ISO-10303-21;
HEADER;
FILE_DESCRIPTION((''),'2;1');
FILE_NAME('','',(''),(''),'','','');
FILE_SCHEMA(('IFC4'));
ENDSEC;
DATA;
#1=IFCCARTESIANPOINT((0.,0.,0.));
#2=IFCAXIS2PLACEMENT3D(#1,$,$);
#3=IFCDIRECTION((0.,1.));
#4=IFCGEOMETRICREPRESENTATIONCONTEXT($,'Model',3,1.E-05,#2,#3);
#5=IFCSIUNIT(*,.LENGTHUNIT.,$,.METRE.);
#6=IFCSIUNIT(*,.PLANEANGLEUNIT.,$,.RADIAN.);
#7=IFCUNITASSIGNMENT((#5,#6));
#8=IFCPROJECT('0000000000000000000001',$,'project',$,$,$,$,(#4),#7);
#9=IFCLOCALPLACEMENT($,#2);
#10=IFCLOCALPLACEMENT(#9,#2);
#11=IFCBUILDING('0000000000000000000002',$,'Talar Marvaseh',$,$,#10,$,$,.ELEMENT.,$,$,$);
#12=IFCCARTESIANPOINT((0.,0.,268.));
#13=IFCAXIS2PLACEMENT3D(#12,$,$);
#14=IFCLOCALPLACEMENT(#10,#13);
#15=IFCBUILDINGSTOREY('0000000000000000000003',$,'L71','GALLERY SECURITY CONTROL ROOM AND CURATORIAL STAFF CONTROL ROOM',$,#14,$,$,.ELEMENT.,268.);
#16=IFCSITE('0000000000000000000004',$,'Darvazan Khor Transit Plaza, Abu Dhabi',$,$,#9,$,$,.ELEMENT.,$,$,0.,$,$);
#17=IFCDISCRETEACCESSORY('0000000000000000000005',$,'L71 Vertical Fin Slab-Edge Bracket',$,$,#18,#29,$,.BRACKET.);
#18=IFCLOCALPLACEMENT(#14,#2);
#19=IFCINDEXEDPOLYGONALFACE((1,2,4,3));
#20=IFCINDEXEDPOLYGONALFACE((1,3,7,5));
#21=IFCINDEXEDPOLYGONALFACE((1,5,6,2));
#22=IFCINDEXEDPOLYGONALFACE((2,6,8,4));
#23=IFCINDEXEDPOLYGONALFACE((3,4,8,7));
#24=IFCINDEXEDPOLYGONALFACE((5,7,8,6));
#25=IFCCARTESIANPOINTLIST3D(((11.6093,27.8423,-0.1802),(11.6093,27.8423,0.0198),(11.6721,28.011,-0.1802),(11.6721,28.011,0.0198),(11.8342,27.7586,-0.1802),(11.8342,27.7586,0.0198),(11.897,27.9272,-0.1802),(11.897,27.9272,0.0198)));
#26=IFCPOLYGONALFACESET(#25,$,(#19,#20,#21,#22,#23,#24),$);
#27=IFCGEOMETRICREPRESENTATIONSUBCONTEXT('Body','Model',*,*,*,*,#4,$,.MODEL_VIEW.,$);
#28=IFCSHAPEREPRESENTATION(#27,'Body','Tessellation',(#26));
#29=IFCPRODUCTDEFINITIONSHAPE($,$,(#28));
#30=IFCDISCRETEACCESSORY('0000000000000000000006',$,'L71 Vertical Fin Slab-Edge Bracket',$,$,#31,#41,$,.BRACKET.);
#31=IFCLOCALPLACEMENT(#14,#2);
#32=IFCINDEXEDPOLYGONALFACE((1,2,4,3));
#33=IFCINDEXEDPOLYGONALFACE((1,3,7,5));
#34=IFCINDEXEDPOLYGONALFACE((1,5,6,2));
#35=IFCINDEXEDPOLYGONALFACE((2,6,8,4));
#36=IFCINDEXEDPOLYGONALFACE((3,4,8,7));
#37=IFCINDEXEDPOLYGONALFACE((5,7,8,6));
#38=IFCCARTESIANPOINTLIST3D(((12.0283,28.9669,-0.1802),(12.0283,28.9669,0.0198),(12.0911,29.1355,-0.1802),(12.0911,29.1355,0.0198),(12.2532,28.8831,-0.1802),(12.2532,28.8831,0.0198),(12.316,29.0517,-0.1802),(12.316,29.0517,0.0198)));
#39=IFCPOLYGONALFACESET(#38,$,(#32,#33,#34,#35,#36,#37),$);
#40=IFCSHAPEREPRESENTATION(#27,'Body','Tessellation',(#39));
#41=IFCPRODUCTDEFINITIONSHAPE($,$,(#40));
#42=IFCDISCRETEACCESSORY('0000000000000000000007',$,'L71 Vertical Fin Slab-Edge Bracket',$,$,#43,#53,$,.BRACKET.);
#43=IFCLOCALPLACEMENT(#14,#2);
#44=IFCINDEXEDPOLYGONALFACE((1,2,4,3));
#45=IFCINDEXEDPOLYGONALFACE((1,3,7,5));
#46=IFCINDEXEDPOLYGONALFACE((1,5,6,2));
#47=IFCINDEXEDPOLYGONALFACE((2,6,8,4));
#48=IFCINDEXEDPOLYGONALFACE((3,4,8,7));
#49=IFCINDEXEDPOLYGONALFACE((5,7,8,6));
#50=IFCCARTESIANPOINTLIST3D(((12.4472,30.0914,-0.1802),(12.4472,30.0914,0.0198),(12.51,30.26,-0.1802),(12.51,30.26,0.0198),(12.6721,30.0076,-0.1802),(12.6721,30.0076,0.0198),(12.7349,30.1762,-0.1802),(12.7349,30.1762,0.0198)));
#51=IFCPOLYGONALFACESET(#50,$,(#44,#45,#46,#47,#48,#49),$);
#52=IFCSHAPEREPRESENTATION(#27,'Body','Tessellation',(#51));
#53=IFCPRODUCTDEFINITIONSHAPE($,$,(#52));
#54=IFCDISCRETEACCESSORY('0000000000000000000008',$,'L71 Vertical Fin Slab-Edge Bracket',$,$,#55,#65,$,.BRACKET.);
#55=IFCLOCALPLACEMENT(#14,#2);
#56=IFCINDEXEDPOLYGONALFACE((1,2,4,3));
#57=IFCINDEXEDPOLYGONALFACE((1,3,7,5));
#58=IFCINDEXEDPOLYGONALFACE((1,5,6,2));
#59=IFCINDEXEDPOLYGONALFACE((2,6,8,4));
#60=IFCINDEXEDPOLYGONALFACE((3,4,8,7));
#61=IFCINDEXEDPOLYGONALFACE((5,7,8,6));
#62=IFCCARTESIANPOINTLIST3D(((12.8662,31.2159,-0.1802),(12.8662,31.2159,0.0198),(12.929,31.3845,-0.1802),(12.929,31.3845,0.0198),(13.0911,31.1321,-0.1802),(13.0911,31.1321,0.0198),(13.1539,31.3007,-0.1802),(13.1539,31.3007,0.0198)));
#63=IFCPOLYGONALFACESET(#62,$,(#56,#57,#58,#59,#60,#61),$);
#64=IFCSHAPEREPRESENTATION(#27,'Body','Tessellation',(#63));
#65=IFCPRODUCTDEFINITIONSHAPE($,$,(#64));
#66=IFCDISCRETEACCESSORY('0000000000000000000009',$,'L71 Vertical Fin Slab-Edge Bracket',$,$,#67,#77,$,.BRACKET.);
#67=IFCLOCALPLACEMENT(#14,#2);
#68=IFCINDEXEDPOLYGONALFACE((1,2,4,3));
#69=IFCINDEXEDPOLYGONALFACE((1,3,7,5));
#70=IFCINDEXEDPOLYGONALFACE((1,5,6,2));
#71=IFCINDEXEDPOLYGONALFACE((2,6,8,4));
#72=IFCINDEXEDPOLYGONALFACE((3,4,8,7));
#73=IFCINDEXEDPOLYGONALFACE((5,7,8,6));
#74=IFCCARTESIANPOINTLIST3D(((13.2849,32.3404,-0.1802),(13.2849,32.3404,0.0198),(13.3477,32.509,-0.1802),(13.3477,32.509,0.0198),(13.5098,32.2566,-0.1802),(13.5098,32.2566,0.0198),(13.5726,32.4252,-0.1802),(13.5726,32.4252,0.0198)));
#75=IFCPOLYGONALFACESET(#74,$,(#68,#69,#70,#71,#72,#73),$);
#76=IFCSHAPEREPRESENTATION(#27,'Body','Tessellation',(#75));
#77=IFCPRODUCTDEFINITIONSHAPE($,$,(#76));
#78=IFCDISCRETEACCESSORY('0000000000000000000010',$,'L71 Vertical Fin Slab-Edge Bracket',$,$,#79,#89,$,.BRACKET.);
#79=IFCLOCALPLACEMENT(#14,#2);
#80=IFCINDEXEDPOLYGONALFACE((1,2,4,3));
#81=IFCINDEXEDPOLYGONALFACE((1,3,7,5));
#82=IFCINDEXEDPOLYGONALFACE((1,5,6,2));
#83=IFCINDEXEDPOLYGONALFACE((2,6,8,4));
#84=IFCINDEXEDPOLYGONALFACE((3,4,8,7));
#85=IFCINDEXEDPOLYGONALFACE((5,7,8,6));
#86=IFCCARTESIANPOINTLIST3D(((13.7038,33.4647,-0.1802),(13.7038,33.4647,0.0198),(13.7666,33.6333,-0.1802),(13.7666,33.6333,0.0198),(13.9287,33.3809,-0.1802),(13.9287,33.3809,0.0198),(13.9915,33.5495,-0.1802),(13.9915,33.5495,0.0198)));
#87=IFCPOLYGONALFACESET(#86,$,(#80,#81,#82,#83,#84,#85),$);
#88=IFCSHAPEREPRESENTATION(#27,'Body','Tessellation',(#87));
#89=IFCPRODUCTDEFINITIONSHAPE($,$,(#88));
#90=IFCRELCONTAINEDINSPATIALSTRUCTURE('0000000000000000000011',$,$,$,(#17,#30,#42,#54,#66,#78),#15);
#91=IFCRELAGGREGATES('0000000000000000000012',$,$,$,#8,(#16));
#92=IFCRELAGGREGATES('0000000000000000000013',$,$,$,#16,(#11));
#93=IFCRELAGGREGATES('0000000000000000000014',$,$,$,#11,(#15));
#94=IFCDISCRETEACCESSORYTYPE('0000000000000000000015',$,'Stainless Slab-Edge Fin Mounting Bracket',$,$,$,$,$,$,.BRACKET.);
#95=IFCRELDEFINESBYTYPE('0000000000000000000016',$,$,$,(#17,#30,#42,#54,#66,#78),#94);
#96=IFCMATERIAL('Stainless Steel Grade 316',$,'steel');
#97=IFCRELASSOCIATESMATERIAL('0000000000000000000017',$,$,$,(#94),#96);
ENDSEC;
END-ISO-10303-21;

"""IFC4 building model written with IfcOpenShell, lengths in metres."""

from ifc_helpers import new_model, si_unit, direction, frame, origin, origin_2d, place, context, subcontext, project, spatial, rectangle, extrude, source, transform, mapped, material, type_object, type_shapes, element, save


model = new_model("IFC4")

# Units and contexts
model_context = context("Model", 3, precision=1e-05, world=origin(), true_north=direction((0.0, 1.0)))
body_context = subcontext(model_context, "Body", "Model", "MODEL_VIEW")
ifc_project = project(units=[si_unit("LENGTHUNIT", "METRE"), si_unit("PLANEANGLEUNIT", "RADIAN")], contexts=[model_context])

# Site, building, storey
site_placement = place(None, origin())
site = spatial("IfcSite", under=ifc_project, at=site_placement, Name="Darvazan Khor Transit Plaza, Abu Dhabi", CompositionType="ELEMENT", RefElevation=0.0)
building_placement = place(site_placement, origin())
building = spatial("IfcBuilding", under=site, at=building_placement, Name="Talar Marvaseh", CompositionType="ELEMENT")
storey_placement = place(building_placement, frame((0.0, 0.0, 268.0)))
storey = spatial("IfcBuildingStorey", under=building, at=storey_placement, Name="L71", Description="GALLERY SECURITY CONTROL ROOM AND CURATORIAL STAFF CONTROL ROOM", CompositionType="ELEMENT", Elevation=268.0)

# Shared definitions
ifc_material_1 = material(Name="Stainless Steel Grade 316", Category="steel")

# Discrete accessories
discrete_accessory_type = type_object("IfcDiscreteAccessoryType", Name="Stainless Slab-Edge Fin Mounting Bracket", PredefinedType="BRACKET", material=ifc_material_1)
shared_shape_1 = source(origin(), body_context, "Body", "SweptSolid", [
    extrude(rectangle(XDim=0.24, YDim=0.1799, at=origin_2d()), origin(), (0.0, 0.0, 1.0), 0.2),
])
type_shapes(discrete_accessory_type, [shared_shape_1])
for number, where, z_axis, x_axis, name in (
    (1, (11.7532, 27.8848, -0.1802), (0.0, 0.0, 1.0), (-0.937099, 0.349063, 0.0), "L71 Vertical Fin Slab-Edge Bracket"),
    (2, (12.1721, 29.0093, -0.1802), (0.0, 0.0, 1.0), (-0.937099, 0.349063, 0.0), "L71 Vertical Fin Slab-Edge Bracket"),
    (3, (12.5911, 30.1338, -0.1802), (0.0, 0.0, 1.0), (-0.937099, 0.349063, 0.0), "L71 Vertical Fin Slab-Edge Bracket"),
    (4, (13.01, 31.2583, -0.1802), (0.0, 0.0, 1.0), (-0.937099, 0.349063, 0.0), "L71 Vertical Fin Slab-Edge Bracket"),
    (5, (13.4287, 32.3828, -0.1802), (0.0, 0.0, 1.0), (-0.937099, 0.349063, 0.0), "L71 Vertical Fin Slab-Edge Bracket"),
    (6, (13.8477, 33.5071, -0.1802), (0.0, 0.0, 1.0), (-0.937099, 0.349063, 0.0), "L71 Vertical Fin Slab-Edge Bracket"),
):
    element("IfcDiscreteAccessory", number, at=place(storey_placement, frame(where, z_axis=z_axis, x_axis=x_axis)), inside=storey, type_object=discrete_accessory_type, Name=name, PredefinedType="BRACKET", context=body_context, shape_type="MappedRepresentation", body=[
        mapped(shared_shape_1, transform((0.0, 0.0, 0.0), x_axis=(1.0, 0.0, 0.0), y_axis=(0.0, 1.0, 0.0), z_axis=(0.0, 0.0, 1.0), scale=1.0)),
    ])

save(model, "model.ifc")
